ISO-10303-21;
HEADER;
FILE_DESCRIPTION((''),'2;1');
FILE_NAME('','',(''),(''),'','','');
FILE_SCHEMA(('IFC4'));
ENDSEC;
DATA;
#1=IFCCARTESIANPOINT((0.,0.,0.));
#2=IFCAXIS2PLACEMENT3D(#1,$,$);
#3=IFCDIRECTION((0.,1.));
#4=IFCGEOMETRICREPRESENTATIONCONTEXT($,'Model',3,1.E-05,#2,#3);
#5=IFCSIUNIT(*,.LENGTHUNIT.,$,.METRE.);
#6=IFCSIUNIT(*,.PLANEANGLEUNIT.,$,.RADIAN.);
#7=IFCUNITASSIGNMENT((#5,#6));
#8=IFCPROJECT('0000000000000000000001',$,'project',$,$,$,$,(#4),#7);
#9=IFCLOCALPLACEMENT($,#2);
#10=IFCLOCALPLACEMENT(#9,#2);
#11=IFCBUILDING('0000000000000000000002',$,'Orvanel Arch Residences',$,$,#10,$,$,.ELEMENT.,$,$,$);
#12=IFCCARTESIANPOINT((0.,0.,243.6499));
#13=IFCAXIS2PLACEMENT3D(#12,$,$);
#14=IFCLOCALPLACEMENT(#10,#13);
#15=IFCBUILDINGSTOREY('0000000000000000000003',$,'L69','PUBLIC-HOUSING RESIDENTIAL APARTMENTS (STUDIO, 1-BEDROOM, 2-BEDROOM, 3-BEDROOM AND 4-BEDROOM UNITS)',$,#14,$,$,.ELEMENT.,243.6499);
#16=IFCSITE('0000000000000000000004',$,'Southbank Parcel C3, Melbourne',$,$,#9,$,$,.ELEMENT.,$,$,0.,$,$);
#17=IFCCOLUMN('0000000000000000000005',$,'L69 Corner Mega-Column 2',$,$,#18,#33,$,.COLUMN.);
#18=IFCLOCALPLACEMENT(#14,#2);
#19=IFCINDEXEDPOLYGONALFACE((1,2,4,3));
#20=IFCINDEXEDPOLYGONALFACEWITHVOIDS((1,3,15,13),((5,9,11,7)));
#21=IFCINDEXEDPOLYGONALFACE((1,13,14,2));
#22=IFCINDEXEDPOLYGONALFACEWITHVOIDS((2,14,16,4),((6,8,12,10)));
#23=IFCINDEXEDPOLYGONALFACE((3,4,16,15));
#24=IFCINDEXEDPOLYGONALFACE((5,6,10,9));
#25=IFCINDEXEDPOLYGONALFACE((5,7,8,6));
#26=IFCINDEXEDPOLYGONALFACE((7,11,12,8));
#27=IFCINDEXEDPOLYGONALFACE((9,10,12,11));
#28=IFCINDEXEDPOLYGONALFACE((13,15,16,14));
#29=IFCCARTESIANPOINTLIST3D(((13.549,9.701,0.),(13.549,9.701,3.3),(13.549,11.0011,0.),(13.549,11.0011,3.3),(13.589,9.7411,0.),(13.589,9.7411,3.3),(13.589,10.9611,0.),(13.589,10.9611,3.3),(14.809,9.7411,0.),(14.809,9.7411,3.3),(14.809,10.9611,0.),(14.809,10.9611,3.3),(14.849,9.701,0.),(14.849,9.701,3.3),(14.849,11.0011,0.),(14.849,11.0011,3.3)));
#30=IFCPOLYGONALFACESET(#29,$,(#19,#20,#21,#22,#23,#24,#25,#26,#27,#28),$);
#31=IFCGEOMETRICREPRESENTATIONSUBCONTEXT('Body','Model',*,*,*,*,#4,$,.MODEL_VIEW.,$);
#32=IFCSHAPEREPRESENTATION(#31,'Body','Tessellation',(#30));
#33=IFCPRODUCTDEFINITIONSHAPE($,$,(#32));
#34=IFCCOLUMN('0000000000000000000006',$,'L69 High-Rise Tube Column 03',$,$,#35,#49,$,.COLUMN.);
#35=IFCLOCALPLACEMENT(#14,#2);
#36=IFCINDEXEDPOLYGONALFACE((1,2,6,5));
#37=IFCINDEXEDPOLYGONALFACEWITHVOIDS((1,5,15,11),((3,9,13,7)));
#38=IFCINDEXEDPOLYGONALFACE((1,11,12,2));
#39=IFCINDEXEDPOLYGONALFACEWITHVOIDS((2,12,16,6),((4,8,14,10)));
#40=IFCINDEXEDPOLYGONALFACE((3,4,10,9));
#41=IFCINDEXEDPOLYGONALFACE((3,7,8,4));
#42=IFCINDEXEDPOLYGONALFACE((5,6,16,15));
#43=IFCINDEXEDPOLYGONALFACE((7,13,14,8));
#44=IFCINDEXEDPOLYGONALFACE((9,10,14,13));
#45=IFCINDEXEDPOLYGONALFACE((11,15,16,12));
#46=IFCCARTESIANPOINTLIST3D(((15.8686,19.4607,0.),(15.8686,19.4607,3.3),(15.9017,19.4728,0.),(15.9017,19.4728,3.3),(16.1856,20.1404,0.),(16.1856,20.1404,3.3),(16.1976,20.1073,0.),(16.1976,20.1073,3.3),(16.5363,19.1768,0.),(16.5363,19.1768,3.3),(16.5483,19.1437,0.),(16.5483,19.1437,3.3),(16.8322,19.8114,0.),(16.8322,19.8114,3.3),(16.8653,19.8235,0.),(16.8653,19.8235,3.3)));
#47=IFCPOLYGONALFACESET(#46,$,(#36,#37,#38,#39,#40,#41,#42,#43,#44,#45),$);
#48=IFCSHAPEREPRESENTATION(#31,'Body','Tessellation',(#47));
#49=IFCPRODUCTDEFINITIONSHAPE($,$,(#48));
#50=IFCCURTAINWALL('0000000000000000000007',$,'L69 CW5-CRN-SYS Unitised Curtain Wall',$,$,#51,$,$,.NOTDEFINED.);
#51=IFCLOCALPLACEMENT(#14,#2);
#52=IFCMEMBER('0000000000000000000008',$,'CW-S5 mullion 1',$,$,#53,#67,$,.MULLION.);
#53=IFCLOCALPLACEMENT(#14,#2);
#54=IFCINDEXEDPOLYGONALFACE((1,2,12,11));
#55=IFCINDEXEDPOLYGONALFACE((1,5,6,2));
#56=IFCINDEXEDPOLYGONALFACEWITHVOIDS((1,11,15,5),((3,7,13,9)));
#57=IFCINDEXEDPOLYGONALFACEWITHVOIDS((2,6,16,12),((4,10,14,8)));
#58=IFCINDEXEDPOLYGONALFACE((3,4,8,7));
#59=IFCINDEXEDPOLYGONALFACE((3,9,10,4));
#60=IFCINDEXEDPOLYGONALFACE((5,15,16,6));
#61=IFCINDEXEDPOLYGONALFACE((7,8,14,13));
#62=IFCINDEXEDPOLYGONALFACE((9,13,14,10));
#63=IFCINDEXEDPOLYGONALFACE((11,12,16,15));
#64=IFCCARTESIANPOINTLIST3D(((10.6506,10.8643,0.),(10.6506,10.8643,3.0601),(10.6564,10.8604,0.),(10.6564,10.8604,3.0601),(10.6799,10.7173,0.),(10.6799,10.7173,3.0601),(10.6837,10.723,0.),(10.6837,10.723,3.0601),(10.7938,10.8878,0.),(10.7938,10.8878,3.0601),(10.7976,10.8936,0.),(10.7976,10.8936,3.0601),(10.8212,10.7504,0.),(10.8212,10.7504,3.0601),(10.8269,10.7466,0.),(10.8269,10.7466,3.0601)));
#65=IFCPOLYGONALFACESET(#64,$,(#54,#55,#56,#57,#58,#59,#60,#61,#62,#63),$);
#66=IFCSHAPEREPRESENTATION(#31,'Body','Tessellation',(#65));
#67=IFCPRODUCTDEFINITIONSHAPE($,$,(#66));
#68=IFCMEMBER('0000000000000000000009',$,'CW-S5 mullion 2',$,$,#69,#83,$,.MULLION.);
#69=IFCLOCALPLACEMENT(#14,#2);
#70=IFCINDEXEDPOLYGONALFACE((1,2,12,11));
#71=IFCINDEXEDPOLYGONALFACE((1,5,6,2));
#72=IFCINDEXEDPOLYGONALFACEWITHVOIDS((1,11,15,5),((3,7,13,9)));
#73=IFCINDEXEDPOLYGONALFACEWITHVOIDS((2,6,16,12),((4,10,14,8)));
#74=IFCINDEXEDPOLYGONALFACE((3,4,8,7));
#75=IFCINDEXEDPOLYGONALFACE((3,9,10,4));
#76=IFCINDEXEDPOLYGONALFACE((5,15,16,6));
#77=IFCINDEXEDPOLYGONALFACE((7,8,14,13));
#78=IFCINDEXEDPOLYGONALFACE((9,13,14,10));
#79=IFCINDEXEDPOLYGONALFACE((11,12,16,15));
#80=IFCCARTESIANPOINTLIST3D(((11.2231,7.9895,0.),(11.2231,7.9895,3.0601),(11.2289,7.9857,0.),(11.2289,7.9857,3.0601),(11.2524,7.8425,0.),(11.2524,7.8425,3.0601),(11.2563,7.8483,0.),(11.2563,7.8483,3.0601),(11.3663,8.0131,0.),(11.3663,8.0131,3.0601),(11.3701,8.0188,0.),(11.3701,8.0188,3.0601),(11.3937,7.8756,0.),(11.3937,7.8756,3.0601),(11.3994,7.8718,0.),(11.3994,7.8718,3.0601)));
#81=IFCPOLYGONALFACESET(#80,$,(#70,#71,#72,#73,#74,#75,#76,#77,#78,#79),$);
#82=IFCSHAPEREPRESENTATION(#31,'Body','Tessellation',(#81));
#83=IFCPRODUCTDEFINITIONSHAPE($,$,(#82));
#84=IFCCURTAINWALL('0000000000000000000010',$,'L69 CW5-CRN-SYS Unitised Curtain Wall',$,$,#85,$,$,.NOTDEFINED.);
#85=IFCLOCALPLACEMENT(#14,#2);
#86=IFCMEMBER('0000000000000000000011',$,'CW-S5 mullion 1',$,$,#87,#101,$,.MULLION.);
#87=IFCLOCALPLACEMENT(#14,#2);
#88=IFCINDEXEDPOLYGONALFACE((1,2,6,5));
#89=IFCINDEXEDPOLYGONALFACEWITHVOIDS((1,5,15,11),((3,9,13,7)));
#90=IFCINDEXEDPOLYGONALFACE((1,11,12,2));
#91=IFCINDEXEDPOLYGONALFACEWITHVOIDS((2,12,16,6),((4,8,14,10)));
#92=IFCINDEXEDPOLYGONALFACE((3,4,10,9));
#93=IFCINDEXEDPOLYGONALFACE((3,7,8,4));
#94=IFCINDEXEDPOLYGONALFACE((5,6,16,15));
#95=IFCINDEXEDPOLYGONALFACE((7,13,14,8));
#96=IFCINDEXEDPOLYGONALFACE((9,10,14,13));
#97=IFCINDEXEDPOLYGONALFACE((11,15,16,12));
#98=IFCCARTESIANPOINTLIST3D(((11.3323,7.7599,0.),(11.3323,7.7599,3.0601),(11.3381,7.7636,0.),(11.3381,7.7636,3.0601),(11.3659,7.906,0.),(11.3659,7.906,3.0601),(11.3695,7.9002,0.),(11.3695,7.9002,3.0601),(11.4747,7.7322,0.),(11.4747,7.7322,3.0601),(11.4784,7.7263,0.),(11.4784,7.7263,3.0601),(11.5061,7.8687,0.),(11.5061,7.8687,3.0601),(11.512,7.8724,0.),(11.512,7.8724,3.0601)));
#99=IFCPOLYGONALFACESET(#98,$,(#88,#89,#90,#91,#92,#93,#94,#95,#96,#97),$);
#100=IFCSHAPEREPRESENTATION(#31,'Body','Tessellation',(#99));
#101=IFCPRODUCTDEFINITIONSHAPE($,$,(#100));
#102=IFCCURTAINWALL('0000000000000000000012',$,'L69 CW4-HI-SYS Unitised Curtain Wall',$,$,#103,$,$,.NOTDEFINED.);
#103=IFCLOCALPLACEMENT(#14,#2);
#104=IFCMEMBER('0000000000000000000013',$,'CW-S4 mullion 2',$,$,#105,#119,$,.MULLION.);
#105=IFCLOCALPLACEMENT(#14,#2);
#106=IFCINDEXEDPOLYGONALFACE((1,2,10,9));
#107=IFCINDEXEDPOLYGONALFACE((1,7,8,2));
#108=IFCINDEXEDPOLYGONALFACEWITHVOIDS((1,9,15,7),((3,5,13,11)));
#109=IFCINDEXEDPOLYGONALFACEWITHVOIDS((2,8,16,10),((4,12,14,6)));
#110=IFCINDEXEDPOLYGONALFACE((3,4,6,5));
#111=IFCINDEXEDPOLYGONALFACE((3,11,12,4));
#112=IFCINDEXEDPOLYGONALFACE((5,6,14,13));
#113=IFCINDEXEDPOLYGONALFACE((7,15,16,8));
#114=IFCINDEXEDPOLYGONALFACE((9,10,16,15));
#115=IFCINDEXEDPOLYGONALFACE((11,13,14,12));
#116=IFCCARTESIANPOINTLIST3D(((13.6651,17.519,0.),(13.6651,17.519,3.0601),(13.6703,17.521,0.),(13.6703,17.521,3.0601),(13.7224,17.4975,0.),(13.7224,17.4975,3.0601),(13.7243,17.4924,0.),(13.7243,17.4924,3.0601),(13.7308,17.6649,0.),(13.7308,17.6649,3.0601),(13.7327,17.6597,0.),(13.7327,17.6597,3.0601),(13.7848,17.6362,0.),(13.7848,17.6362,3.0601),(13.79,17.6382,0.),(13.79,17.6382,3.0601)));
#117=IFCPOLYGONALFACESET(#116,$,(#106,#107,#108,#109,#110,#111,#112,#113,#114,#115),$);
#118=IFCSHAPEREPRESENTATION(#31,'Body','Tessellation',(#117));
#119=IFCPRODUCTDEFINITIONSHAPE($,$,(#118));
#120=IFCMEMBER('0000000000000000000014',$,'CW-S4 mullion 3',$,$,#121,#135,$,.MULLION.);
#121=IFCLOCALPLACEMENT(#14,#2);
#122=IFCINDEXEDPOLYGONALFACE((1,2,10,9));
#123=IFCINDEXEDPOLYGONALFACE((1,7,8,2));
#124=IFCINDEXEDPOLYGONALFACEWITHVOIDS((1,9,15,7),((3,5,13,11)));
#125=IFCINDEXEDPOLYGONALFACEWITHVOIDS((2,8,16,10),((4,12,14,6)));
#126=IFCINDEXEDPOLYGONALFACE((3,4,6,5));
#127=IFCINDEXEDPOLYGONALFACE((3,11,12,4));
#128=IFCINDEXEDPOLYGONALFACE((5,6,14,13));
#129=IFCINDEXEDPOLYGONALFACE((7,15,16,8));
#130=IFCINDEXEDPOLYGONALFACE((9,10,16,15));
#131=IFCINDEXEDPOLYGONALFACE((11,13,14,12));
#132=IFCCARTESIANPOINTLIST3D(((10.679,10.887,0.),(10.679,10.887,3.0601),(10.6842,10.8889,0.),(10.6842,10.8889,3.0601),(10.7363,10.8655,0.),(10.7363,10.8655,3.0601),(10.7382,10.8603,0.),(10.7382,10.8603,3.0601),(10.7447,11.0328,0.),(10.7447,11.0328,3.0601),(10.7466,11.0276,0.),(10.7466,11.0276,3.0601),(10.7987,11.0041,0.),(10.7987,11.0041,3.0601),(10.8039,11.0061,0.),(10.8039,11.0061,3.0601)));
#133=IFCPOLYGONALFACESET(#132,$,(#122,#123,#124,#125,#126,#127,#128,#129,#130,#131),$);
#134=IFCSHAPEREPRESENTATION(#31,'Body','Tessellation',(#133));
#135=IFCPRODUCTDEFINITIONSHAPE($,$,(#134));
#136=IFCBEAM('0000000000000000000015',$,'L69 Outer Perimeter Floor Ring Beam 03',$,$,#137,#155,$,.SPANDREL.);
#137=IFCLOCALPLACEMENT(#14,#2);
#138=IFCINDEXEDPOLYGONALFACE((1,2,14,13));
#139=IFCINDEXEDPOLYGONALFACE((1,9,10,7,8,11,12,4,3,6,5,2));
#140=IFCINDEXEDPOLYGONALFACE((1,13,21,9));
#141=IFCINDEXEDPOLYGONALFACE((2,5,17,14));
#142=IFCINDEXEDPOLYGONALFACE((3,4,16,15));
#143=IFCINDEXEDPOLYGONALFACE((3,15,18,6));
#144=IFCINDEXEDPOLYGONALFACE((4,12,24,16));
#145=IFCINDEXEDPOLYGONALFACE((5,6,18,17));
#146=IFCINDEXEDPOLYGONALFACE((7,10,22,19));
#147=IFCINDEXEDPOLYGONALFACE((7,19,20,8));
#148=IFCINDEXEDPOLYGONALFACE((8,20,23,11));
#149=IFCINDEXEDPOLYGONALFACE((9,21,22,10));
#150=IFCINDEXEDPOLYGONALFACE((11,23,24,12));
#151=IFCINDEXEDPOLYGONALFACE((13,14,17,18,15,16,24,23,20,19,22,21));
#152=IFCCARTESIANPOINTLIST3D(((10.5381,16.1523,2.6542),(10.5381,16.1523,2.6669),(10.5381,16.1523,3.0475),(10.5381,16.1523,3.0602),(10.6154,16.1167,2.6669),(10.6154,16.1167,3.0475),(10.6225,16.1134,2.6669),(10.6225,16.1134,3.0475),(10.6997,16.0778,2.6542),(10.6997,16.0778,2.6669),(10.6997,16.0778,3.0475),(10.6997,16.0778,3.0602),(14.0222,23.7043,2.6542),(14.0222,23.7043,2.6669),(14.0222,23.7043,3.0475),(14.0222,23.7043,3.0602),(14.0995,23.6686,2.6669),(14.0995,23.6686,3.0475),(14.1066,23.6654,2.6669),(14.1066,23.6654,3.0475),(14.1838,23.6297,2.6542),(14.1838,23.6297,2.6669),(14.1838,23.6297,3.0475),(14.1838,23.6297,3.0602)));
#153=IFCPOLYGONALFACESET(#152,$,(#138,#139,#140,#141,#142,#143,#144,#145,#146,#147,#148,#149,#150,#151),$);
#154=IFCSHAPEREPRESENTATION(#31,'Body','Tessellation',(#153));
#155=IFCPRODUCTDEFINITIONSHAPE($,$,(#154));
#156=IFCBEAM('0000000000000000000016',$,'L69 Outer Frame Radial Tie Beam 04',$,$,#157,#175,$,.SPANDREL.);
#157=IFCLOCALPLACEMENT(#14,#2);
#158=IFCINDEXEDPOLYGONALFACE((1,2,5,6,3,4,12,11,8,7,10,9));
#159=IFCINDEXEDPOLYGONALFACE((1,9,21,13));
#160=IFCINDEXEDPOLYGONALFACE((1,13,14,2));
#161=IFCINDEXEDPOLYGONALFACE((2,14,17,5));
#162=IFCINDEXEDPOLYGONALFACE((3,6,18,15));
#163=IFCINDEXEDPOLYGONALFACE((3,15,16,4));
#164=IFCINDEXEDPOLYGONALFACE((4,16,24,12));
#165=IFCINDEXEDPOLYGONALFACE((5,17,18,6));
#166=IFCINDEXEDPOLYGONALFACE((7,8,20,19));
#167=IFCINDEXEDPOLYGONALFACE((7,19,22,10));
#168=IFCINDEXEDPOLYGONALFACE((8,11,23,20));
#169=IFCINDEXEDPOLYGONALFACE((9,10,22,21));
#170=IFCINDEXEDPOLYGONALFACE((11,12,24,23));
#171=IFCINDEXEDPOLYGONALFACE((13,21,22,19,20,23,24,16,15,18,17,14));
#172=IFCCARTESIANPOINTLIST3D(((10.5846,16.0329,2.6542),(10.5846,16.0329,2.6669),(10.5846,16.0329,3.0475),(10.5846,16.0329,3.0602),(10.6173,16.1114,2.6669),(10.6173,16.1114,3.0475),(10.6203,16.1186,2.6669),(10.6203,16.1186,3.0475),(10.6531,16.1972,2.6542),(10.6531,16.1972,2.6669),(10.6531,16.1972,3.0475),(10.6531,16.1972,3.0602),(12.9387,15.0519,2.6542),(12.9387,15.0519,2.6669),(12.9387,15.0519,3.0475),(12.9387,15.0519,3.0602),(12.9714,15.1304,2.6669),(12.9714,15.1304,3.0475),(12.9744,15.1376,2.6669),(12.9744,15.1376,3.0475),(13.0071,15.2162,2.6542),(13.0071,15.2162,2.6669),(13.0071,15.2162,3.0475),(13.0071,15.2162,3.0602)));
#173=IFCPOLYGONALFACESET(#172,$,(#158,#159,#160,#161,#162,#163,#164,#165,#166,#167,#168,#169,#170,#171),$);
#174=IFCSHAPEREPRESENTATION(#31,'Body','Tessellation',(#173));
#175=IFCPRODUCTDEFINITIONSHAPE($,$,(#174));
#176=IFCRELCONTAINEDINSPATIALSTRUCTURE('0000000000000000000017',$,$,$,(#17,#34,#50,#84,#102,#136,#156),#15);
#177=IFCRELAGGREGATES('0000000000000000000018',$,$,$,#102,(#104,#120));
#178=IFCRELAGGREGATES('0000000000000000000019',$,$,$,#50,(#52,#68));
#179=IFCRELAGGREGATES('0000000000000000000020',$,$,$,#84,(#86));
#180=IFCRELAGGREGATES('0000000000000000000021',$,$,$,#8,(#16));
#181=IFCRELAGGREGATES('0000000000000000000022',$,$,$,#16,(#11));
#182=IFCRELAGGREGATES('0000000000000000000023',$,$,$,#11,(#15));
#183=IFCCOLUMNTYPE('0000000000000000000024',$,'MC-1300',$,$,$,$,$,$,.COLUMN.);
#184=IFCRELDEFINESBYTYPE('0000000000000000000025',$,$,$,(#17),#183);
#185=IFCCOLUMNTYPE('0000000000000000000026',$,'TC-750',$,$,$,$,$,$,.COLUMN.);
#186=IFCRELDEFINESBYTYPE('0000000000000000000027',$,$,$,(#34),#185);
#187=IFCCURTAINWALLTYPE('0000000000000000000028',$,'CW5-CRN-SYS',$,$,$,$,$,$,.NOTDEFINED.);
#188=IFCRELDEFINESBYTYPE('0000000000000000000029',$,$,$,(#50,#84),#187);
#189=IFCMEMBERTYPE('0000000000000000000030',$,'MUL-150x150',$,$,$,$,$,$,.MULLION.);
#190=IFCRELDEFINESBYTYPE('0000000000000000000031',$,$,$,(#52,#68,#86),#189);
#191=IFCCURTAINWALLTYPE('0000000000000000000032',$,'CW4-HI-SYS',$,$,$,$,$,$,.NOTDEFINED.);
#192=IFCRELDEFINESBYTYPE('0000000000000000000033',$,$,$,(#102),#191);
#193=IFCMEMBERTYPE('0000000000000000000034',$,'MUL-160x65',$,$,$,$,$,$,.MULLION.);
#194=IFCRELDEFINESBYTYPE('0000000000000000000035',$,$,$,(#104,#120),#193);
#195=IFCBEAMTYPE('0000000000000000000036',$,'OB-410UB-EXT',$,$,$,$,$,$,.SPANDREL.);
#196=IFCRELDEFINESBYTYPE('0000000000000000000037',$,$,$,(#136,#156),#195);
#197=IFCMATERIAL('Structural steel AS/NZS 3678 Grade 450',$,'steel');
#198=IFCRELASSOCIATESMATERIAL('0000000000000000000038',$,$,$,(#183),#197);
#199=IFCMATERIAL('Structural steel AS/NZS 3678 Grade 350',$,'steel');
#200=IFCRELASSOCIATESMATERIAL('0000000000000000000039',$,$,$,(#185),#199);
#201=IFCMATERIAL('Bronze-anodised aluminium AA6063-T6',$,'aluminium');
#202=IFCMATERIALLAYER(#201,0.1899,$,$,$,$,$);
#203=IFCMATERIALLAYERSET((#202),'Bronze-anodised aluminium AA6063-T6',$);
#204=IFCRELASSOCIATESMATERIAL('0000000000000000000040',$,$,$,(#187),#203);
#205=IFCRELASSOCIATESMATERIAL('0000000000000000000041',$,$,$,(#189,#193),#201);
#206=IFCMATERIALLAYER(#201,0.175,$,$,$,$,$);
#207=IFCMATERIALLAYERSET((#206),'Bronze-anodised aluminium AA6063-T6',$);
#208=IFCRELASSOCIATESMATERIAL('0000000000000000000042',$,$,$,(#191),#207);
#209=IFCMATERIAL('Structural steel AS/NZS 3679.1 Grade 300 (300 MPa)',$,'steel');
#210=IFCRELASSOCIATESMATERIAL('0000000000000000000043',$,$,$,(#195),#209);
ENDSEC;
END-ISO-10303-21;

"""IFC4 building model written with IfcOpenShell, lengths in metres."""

from ifc_helpers import new_model, si_unit, direction, frame, origin, origin_2d, place, context, subcontext, project, spatial, hollow_rectangle, i_section, extrude, material, layer, layer_set, material_profile, profile_set, type_object, element, aggregate, save


model = new_model("IFC4")

# Units and contexts
model_context = context("Model", 3, precision=1e-05, world=origin(), true_north=direction((0.0, 1.0)))
body_context = subcontext(model_context, "Body", "Model", "MODEL_VIEW")
ifc_project = project(units=[si_unit("LENGTHUNIT", "METRE"), si_unit("PLANEANGLEUNIT", "RADIAN")], contexts=[model_context])

# Site, building, storey
site_placement = place(None, origin())
site = spatial("IfcSite", under=ifc_project, at=site_placement, Name="Southbank Parcel C3, Melbourne", CompositionType="ELEMENT", RefElevation=0.0)
building_placement = place(site_placement, origin())
building = spatial("IfcBuilding", under=site, at=building_placement, Name="Orvanel Arch Residences", CompositionType="ELEMENT")
storey_placement = place(building_placement, frame((0.0, 0.0, 243.6499)))
storey = spatial("IfcBuildingStorey", under=building, at=storey_placement, Name="L69", Description="PUBLIC-HOUSING RESIDENTIAL APARTMENTS (STUDIO, 1-BEDROOM, 2-BEDROOM, 3-BEDROOM AND 4-BEDROOM UNITS)", CompositionType="ELEMENT", Elevation=243.6499)

# Columns
ifc_material_1 = material(Name="Structural steel AS/NZS 3678 Grade 450", Category="steel")
ifc_material_profile_1 = material_profile(ifc_material_1, hollow_rectangle(XDim=1.3, YDim=1.3, WallThickness=0.04, at=origin_2d()), Name="BOX1300x1300x40")
ifc_profile_set_1 = profile_set([ifc_material_profile_1], Name="Structural steel AS/NZS 3678 Grade 450")
column_type_1 = type_object("IfcColumnType", Name="MC-1300", PredefinedType="COLUMN", material=ifc_profile_set_1)
column_1_placement = place(storey_placement, frame((14.199, 10.3511, 0.0), z_axis=(0.0, 0.0, 1.0), x_axis=(1.0, 0.0, 0.0)))
element("IfcColumn", 1, at=column_1_placement, inside=storey, type_object=column_type_1, Name="L69 Corner Mega-Column 2", PredefinedType="COLUMN", context=body_context, shape_type="SweptSolid", body=[
    extrude(hollow_rectangle(XDim=1.3, YDim=1.3, WallThickness=0.04, at=origin_2d()), origin(), (0.0, 0.0, 1.0), 3.3),
])
ifc_material_2 = material(Name="Structural steel AS/NZS 3678 Grade 350", Category="steel")
ifc_material_profile_2 = material_profile(ifc_material_2, hollow_rectangle(XDim=0.75, YDim=0.75, WallThickness=0.0249, at=origin_2d()), Name="BOX750x750x25")
ifc_profile_set_2 = profile_set([ifc_material_profile_2], Name="Structural steel AS/NZS 3678 Grade 350")
column_type_2 = type_object("IfcColumnType", Name="TC-750", PredefinedType="COLUMN", material=ifc_profile_set_2)
column_2_placement = place(storey_placement, frame((16.3669, 19.6421, 0.0), z_axis=(0.0, 0.0, 1.0), x_axis=(0.422618, 0.906308, 0.0)))
element("IfcColumn", 2, at=column_2_placement, inside=storey, type_object=column_type_2, Name="L69 High-Rise Tube Column 03", PredefinedType="COLUMN", context=body_context, shape_type="SweptSolid", body=[
    extrude(hollow_rectangle(XDim=0.75, YDim=0.75, WallThickness=0.0249, at=origin_2d()), origin(), (0.0, 0.0, 1.0), 3.3),
])

# Curtain wall, members
ifc_material_3 = material(Name="Bronze-anodised aluminium AA6063-T6", Category="aluminium")
ifc_layer_1 = layer(ifc_material_3, 0.1899)
ifc_layer_set_1 = layer_set([ifc_layer_1], Name="Bronze-anodised aluminium AA6063-T6")
curtain_wall_type_1 = type_object("IfcCurtainWallType", Name="CW5-CRN-SYS", PredefinedType="NOTDEFINED", material=ifc_layer_set_1)
curtain_wall_1_placement = place(storey_placement, origin())
curtain_wall_1 = element("IfcCurtainWall", 3, at=curtain_wall_1_placement, inside=storey, type_object=curtain_wall_type_1, Name="L69 CW5-CRN-SYS Unitised Curtain Wall", PredefinedType="NOTDEFINED")
ifc_material_profile_3 = material_profile(ifc_material_3, hollow_rectangle(XDim=0.1499, YDim=0.1499, WallThickness=0.0049, at=origin_2d()), Name="ALU150x150x5")
ifc_profile_set_3 = profile_set([ifc_material_profile_3], Name="Bronze-anodised aluminium AA6063-T6")
member_type_1 = type_object("IfcMemberType", Name="MUL-150x150", PredefinedType="MULLION", material=ifc_profile_set_3)
member_1_placement = place(storey_placement, frame((10.7388, 10.8054, 0.0), z_axis=(0.0, 0.0, 1.0), x_axis=(0.98073, 0.195367, 0.0)))
member_1 = element("IfcMember", 4, at=member_1_placement, type_object=member_type_1, Name="CW-S5 mullion 1", PredefinedType="MULLION", context=body_context, shape_type="SweptSolid", body=[
    extrude(hollow_rectangle(XDim=0.1499, YDim=0.1499, WallThickness=0.0049, at=origin_2d()), origin(), (0.0, 0.0, 1.0), 3.0601),
])
member_2_placement = place(storey_placement, frame((11.3113, 7.9307, 0.0), z_axis=(0.0, 0.0, 1.0), x_axis=(0.98073, 0.195367, 0.0)))
member_2 = element("IfcMember", 5, at=member_2_placement, type_object=member_type_1, Name="CW-S5 mullion 2", PredefinedType="MULLION", context=body_context, shape_type="SweptSolid", body=[
    extrude(hollow_rectangle(XDim=0.1499, YDim=0.1499, WallThickness=0.0049, at=origin_2d()), origin(), (0.0, 0.0, 1.0), 3.0601),
])

# Curtain wall, member
curtain_wall_2_placement = place(storey_placement, origin())
curtain_wall_2 = element("IfcCurtainWall", 6, at=curtain_wall_2_placement, inside=storey, type_object=curtain_wall_type_1, Name="L69 CW5-CRN-SYS Unitised Curtain Wall", PredefinedType="NOTDEFINED")
member_3_placement = place(storey_placement, frame((11.4221, 7.8162, 0.0), z_axis=(0.0, 0.0, 1.0), x_axis=(0.224155, 0.974554, 0.0)))
member_3 = element("IfcMember", 7, at=member_3_placement, type_object=member_type_1, Name="CW-S5 mullion 1", PredefinedType="MULLION", context=body_context, shape_type="SweptSolid", body=[
    extrude(hollow_rectangle(XDim=0.1499, YDim=0.1499, WallThickness=0.0049, at=origin_2d()), origin(), (0.0, 0.0, 1.0), 3.0601),
])

# Curtain wall, members
ifc_layer_2 = layer(ifc_material_3, 0.175)
ifc_layer_set_2 = layer_set([ifc_layer_2], Name="Bronze-anodised aluminium AA6063-T6")
curtain_wall_type_2 = type_object("IfcCurtainWallType", Name="CW4-HI-SYS", PredefinedType="NOTDEFINED", material=ifc_layer_set_2)
curtain_wall_3_placement = place(storey_placement, origin())
curtain_wall_3 = element("IfcCurtainWall", 8, at=curtain_wall_3_placement, inside=storey, type_object=curtain_wall_type_2, Name="L69 CW4-HI-SYS Unitised Curtain Wall", PredefinedType="NOTDEFINED")
ifc_material_profile_4 = material_profile(ifc_material_3, hollow_rectangle(XDim=0.0649, YDim=0.1599, WallThickness=0.0039, at=origin_2d()), Name="ALU160x65x4")
ifc_profile_set_4 = profile_set([ifc_material_profile_4], Name="Bronze-anodised aluminium AA6063-T6")
member_type_2 = type_object("IfcMemberType", Name="MUL-160x65", PredefinedType="MULLION", material=ifc_profile_set_4)
member_4_placement = place(storey_placement, frame((13.7275, 17.5786, 0.0), z_axis=(0.0, 0.0, 1.0), x_axis=(0.911828, -0.410572, 0.0)))
member_4 = element("IfcMember", 9, at=member_4_placement, type_object=member_type_2, Name="CW-S4 mullion 2", PredefinedType="MULLION", context=body_context, shape_type="SweptSolid", body=[
    extrude(hollow_rectangle(XDim=0.0649, YDim=0.1599, WallThickness=0.0039, at=origin_2d()), origin(), (0.0, 0.0, 1.0), 3.0601),
])
member_5_placement = place(storey_placement, frame((10.7415, 10.9465, 0.0), z_axis=(0.0, 0.0, 1.0), x_axis=(0.911828, -0.410572, 0.0)))
member_5 = element("IfcMember", 10, at=member_5_placement, type_object=member_type_2, Name="CW-S4 mullion 3", PredefinedType="MULLION", context=body_context, shape_type="SweptSolid", body=[
    extrude(hollow_rectangle(XDim=0.0649, YDim=0.1599, WallThickness=0.0039, at=origin_2d()), origin(), (0.0, 0.0, 1.0), 3.0601),
])

# Beams
ifc_material_4 = material(Name="Structural steel AS/NZS 3679.1 Grade 300 (300 MPa)", Category="steel")
ifc_material_profile_5 = material_profile(ifc_material_4, i_section(OverallWidth=0.178, OverallDepth=0.406, WebThickness=0.0078, FlangeThickness=0.0127, at=origin_2d()), Name="410UB59.7")
ifc_profile_set_5 = profile_set([ifc_material_profile_5], Name="Structural steel AS/NZS 3679.1 Grade 300 (300 MPa)")
beam_type_1 = type_object("IfcBeamType", Name="OB-410UB-EXT", PredefinedType="SPANDREL", material=ifc_profile_set_5)
beam_1_placement = place(storey_placement, frame((14.103, 23.667, 2.8572), z_axis=(-0.418919, -0.908024, 0.0), x_axis=(0.908024, -0.418919, 0.0)))
element("IfcBeam", 11, at=beam_1_placement, inside=storey, type_object=beam_type_1, Name="L69 Outer Perimeter Floor Ring Beam 03", PredefinedType="SPANDREL", context=body_context, shape_type="SweptSolid", body=[
    extrude(i_section(OverallWidth=0.178, OverallDepth=0.406, WebThickness=0.0078, FlangeThickness=0.0127, at=origin_2d()), origin(), (0.0, 0.0, 1.0), 8.3169),
])
beam_2_placement = place(storey_placement, frame((12.9729, 15.134, 2.8572), z_axis=(-0.92306, 0.384656, 0.0), x_axis=(-0.384656, -0.92306, 0.0)))
element("IfcBeam", 12, at=beam_2_placement, inside=storey, type_object=beam_type_1, Name="L69 Outer Frame Radial Tie Beam 04", PredefinedType="SPANDREL", context=body_context, shape_type="SweptSolid", body=[
    extrude(i_section(OverallWidth=0.178, OverallDepth=0.406, WebThickness=0.0078, FlangeThickness=0.0127, at=origin_2d()), origin(), (0.0, 0.0, 1.0), 2.5503),
])

aggregate(curtain_wall_3, [member_4, member_5])
aggregate(curtain_wall_1, [member_1, member_2])
aggregate(curtain_wall_2, [member_3])

save(model, "model.ifc")
